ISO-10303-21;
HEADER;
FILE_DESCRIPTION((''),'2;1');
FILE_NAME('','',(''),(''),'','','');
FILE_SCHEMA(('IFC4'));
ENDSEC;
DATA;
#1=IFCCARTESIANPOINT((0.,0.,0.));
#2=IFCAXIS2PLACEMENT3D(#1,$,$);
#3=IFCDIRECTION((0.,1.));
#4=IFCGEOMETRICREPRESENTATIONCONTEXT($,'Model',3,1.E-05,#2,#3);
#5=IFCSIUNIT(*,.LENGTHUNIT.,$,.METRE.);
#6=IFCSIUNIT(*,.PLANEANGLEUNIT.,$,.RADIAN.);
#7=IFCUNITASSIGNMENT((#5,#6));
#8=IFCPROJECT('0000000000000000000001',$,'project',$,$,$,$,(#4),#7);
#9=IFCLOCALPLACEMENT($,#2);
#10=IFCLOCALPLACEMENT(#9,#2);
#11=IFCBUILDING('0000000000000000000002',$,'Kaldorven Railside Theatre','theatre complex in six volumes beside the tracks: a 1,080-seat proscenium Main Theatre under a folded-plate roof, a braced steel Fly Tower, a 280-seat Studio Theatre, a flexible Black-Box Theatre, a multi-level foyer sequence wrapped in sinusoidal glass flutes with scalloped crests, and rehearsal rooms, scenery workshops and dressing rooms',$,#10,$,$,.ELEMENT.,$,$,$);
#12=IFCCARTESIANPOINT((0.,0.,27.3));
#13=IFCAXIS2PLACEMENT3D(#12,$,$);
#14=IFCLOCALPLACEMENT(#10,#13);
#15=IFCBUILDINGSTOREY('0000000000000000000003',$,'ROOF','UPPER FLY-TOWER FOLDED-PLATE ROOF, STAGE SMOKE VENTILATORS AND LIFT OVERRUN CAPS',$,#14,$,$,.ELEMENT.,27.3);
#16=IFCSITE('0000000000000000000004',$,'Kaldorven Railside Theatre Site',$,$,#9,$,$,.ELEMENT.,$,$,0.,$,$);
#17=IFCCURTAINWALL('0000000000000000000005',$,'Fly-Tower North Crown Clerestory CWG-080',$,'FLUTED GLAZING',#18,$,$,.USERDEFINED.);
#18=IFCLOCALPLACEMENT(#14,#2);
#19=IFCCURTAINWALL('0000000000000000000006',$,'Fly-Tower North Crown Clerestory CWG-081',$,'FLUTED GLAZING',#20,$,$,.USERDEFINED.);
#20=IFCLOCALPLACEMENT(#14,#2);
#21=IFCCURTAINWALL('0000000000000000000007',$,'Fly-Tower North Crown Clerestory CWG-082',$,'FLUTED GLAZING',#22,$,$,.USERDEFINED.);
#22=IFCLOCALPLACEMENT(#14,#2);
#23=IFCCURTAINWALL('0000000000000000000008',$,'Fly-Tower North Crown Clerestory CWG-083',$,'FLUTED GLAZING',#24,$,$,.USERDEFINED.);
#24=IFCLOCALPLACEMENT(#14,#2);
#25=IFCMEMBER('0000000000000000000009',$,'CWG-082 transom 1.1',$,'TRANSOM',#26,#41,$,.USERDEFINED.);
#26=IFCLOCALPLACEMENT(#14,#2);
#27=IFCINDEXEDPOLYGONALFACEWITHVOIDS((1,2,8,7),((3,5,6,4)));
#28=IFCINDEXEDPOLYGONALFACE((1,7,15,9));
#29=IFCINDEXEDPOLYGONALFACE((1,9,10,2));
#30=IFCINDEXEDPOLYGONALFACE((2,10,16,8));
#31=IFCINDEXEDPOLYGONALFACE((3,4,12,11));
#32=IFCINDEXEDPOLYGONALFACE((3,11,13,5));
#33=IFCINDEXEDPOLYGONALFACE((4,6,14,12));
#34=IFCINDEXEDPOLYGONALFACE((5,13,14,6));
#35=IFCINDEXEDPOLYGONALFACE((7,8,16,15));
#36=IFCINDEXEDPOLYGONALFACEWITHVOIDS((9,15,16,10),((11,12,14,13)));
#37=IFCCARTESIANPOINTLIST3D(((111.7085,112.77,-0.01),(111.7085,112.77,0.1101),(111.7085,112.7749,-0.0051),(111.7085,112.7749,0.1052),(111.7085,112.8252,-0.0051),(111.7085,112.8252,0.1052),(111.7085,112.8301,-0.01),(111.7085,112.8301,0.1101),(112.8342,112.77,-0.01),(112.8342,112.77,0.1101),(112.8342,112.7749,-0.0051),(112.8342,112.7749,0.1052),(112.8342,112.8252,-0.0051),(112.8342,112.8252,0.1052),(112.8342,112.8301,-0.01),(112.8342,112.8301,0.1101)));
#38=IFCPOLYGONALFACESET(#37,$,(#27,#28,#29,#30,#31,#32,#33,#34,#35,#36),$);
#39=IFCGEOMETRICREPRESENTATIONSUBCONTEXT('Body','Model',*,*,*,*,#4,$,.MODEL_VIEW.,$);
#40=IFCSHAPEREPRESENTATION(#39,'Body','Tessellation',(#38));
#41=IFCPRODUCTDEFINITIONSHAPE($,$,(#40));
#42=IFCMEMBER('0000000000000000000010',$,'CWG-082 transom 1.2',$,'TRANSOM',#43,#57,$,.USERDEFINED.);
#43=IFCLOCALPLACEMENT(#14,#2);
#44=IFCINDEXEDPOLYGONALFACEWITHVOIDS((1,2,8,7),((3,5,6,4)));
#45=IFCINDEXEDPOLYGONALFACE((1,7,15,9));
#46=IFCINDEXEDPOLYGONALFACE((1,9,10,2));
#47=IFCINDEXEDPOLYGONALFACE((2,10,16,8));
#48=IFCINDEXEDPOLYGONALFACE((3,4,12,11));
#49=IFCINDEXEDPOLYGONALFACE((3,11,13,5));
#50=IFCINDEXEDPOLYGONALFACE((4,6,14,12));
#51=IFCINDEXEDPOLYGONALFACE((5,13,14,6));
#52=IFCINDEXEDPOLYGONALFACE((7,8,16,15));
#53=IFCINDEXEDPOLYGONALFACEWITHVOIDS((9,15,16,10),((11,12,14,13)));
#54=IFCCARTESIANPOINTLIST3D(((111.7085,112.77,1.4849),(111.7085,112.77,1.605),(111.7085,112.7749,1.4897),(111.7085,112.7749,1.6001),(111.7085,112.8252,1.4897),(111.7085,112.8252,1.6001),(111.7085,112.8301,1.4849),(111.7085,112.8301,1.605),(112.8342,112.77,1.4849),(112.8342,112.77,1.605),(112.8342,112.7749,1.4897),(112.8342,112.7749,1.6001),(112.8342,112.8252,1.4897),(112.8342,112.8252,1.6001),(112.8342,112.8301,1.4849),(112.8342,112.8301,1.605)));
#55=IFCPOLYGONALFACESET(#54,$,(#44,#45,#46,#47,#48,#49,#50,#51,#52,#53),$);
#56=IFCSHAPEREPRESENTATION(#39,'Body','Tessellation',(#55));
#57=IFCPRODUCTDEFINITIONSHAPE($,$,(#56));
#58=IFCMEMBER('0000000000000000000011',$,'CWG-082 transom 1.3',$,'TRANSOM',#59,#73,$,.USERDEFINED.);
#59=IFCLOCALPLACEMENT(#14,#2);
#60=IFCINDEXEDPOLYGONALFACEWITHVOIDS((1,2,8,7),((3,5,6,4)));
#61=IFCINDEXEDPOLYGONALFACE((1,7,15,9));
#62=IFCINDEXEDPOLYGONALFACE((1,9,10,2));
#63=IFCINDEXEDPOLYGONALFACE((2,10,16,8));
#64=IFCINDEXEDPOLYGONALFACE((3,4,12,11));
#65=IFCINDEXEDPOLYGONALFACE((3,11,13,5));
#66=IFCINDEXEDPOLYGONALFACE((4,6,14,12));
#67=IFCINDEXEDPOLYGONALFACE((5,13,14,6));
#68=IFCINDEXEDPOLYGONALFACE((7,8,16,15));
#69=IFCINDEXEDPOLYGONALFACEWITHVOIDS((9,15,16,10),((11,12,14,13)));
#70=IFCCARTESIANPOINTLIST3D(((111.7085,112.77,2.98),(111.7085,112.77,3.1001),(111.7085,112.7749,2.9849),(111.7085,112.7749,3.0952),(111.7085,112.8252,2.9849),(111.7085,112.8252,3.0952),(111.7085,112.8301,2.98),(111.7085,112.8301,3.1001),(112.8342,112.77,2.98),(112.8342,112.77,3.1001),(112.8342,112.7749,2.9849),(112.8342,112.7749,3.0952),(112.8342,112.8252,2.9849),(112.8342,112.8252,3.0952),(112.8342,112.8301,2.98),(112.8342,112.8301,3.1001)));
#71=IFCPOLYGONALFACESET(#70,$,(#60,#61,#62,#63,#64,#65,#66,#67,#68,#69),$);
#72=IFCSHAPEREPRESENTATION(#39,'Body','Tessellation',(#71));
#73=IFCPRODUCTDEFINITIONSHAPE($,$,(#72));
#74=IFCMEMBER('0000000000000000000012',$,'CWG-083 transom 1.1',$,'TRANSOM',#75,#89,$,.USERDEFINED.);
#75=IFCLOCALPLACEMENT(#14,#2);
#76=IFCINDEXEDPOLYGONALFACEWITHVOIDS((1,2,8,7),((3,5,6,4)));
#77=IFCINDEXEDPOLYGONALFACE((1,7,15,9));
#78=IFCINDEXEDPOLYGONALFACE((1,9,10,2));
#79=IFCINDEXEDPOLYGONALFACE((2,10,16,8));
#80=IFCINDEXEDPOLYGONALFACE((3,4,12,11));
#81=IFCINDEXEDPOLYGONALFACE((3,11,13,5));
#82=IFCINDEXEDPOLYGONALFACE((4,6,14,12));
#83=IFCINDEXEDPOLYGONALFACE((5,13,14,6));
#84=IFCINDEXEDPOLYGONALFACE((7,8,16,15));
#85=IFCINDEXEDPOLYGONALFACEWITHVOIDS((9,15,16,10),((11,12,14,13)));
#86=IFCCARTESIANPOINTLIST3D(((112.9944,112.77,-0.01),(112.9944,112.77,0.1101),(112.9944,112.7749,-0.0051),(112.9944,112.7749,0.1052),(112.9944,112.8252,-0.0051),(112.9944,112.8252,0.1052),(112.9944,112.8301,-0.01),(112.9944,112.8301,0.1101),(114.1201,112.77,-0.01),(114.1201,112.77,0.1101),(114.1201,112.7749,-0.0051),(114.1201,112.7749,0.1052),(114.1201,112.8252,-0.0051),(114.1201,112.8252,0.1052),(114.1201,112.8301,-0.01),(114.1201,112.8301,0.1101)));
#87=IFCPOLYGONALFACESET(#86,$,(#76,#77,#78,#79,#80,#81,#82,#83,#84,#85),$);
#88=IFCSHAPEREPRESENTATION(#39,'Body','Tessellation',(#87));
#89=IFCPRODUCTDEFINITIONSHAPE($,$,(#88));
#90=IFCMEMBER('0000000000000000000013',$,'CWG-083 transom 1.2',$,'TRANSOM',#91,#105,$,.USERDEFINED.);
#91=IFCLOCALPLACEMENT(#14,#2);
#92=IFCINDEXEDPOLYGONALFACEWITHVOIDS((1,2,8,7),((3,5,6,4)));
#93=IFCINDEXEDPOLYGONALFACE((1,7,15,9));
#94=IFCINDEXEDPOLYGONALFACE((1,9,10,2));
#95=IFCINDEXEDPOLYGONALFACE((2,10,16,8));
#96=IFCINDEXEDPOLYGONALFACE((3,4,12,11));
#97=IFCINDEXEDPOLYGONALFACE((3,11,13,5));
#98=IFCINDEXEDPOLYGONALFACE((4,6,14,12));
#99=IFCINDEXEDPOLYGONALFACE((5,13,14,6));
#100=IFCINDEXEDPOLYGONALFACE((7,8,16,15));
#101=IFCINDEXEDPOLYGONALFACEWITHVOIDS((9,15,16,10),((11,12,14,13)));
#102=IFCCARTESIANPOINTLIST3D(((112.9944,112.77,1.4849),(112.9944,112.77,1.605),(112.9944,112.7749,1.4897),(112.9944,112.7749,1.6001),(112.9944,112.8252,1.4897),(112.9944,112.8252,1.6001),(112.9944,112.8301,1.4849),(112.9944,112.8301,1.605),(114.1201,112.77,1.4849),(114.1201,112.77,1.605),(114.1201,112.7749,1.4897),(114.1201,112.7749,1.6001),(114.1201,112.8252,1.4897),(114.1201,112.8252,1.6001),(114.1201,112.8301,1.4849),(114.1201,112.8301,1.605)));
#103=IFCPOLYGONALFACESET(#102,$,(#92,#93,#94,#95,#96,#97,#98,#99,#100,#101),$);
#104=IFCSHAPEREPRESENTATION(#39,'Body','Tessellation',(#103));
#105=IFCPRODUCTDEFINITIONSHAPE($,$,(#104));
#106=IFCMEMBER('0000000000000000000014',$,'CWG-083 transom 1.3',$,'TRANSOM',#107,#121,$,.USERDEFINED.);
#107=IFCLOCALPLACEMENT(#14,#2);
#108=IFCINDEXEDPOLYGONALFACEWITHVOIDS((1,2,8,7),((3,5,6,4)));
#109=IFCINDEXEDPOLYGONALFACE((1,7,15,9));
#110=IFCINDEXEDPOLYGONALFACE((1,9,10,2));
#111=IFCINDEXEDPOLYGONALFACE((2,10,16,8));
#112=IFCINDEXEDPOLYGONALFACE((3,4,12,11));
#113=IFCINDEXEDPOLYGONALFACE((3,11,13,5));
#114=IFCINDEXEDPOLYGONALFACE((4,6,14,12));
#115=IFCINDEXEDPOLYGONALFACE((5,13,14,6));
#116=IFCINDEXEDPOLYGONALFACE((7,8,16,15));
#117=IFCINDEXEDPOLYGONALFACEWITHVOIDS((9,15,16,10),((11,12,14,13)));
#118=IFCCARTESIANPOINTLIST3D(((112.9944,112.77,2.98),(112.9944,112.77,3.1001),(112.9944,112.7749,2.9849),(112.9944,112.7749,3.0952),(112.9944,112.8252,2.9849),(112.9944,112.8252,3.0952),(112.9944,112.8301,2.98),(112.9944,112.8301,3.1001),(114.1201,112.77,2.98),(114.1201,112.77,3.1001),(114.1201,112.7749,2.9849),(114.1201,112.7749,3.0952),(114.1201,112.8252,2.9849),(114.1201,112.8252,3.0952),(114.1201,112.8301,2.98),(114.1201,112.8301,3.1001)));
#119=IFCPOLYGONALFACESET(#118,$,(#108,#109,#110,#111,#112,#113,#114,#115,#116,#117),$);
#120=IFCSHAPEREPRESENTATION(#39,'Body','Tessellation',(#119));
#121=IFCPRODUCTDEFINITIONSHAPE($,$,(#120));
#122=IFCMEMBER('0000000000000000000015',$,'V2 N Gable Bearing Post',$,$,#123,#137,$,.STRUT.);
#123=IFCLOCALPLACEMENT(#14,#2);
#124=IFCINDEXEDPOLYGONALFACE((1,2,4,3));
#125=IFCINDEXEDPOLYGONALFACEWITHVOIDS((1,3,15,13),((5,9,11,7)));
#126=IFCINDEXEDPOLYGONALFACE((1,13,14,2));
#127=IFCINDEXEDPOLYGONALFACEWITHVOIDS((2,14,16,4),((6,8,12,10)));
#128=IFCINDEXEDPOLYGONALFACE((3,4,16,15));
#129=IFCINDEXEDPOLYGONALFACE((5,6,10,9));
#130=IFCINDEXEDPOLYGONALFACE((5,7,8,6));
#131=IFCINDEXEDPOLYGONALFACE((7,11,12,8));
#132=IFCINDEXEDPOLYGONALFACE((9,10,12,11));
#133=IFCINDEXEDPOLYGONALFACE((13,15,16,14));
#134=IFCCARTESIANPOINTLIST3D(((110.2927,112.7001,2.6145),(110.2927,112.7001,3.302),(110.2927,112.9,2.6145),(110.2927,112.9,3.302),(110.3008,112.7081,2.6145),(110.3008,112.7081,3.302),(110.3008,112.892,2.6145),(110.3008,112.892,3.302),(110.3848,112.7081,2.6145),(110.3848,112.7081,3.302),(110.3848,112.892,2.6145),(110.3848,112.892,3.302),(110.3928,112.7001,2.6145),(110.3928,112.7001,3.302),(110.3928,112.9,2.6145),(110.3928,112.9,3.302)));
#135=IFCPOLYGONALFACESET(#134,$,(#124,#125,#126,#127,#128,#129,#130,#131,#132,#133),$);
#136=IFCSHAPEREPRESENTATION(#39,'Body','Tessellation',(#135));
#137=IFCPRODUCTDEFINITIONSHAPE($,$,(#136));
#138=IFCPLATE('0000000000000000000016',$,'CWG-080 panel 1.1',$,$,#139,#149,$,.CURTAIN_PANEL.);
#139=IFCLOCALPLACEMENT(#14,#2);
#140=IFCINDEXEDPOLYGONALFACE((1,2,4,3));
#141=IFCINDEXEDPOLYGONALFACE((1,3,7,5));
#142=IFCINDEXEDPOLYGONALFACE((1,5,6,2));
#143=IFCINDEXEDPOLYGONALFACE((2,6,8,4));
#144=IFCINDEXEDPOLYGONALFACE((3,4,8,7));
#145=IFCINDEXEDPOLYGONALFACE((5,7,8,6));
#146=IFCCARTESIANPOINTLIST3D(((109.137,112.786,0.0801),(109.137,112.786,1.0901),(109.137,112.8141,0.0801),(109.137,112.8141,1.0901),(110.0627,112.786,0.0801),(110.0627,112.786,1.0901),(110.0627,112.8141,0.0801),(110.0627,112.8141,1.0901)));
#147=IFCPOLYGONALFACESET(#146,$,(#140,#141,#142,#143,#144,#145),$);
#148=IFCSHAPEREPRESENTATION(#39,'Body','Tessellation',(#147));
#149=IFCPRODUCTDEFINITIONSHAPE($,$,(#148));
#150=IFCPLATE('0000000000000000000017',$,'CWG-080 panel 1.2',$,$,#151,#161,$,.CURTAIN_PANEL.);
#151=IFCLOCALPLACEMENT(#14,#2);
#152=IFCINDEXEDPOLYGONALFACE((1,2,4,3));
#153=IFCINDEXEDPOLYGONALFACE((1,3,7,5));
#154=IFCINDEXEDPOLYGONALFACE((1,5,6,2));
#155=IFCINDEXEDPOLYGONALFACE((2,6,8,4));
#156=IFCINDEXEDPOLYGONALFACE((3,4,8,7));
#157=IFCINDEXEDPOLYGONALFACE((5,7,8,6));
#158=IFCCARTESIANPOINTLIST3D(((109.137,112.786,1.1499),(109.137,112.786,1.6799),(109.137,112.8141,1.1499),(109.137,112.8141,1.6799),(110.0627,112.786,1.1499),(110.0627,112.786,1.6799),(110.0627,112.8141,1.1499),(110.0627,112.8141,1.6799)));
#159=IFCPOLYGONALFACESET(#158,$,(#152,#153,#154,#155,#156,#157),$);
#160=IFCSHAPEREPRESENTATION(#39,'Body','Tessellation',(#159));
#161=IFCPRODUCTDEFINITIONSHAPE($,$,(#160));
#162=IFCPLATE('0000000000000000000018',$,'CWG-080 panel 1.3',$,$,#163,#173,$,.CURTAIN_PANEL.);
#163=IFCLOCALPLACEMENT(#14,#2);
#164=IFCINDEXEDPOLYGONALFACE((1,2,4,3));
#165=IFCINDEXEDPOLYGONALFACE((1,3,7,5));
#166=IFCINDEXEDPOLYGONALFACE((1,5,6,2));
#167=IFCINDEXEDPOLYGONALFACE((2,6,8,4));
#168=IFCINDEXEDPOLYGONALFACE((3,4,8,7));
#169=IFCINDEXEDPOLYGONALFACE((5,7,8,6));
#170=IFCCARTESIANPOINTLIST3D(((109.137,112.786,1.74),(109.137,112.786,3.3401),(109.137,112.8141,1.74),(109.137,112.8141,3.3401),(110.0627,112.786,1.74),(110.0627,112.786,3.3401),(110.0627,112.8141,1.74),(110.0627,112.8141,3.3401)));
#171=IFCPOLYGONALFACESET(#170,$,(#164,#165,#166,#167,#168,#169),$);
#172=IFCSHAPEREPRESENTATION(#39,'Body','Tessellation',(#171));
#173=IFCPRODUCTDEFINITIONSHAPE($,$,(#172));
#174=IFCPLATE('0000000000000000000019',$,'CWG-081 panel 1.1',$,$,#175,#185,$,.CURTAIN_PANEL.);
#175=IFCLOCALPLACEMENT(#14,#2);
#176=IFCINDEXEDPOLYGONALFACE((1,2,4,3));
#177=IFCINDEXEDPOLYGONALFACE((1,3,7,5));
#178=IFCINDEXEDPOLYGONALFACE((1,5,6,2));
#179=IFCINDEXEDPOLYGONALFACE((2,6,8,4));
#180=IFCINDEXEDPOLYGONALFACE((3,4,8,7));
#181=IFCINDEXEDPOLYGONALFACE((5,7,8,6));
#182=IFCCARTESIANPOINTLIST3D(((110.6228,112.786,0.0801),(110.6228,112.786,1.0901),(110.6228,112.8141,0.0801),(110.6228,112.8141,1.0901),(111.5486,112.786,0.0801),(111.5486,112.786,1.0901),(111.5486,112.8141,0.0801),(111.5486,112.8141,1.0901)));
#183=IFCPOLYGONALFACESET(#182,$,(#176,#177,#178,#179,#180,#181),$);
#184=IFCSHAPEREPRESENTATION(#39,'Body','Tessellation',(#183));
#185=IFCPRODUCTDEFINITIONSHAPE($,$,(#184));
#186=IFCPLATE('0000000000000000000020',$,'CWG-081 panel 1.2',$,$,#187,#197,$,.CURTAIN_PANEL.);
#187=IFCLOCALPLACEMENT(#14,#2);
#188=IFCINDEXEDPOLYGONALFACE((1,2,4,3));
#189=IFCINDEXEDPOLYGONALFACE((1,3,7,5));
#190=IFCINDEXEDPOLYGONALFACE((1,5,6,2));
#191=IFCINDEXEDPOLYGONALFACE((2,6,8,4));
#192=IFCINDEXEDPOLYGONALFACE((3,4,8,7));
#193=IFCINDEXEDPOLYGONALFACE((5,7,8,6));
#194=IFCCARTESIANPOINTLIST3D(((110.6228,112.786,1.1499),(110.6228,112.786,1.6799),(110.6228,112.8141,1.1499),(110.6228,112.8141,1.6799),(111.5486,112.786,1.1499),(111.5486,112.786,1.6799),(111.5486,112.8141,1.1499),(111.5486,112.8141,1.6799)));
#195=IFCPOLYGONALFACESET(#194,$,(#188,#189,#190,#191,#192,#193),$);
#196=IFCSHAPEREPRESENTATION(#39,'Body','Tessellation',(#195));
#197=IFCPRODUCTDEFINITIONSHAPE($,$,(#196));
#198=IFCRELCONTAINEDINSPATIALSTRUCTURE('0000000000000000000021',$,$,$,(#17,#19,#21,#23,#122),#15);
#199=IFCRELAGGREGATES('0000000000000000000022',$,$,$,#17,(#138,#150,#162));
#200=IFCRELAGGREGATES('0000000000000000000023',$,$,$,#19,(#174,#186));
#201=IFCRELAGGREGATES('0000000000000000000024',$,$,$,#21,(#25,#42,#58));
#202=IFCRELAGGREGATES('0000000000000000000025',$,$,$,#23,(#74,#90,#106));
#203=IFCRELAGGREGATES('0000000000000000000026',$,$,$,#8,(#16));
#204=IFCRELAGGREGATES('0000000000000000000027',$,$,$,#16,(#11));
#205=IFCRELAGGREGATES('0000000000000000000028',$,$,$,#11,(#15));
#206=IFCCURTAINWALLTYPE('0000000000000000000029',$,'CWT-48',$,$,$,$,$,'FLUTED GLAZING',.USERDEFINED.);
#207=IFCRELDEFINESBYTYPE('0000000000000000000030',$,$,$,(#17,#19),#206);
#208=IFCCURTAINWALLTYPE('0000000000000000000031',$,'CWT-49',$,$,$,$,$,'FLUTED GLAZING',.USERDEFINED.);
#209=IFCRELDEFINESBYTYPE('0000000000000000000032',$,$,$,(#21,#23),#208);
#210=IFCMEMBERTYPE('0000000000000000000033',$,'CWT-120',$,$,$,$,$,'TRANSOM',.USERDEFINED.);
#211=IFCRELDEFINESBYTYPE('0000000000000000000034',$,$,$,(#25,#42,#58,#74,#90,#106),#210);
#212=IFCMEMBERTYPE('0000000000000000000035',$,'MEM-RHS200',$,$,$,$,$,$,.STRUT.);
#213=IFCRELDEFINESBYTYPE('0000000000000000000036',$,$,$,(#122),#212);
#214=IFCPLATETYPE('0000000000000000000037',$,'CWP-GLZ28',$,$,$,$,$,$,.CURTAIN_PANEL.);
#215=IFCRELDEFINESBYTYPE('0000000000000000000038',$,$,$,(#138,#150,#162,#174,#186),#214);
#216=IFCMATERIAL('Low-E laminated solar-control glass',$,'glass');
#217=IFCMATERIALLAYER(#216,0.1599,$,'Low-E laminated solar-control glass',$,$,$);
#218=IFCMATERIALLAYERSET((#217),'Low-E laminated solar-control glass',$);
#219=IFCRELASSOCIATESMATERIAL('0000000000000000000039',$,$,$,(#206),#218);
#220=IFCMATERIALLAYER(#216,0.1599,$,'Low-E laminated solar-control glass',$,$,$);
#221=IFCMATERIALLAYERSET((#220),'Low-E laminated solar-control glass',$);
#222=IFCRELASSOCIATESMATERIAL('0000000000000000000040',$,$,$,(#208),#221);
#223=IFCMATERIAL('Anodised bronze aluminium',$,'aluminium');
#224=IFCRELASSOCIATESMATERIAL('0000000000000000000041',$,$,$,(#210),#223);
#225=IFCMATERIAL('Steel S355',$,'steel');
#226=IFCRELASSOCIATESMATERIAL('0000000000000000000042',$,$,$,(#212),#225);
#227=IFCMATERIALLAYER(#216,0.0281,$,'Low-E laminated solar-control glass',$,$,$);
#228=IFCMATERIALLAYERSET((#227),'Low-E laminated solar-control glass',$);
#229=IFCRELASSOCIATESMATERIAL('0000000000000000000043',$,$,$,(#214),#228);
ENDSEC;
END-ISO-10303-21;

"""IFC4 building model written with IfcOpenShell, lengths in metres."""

from ifc_helpers import new_model, si_unit, direction, frame, origin, origin_2d, place, context, subcontext, project, spatial, rectangle, hollow_rectangle, extrude, material, layer, layer_set, material_profile, profile_set, type_object, element, aggregate, save


model = new_model("IFC4")

# Units and contexts
model_context = context("Model", 3, precision=1e-05, world=origin(), true_north=direction((0.0, 1.0)))
body_context = subcontext(model_context, "Body", "Model", "MODEL_VIEW")
ifc_project = project(units=[si_unit("LENGTHUNIT", "METRE"), si_unit("PLANEANGLEUNIT", "RADIAN")], contexts=[model_context])

# Site, building, storey
site_placement = place(None, origin())
site = spatial("IfcSite", under=ifc_project, at=site_placement, Name="Kaldorven Railside Theatre Site", CompositionType="ELEMENT", RefElevation=0.0)
building_placement = place(site_placement, origin())
building = spatial("IfcBuilding", under=site, at=building_placement, Name="Kaldorven Railside Theatre", Description="theatre complex in six volumes beside the tracks: a 1,080-seat proscenium Main Theatre under a folded-plate roof, a braced steel Fly Tower, a 280-seat Studio Theatre, a flexible Black-Box Theatre, a multi-level foyer sequence wrapped in sinusoidal glass flutes with scalloped crests, and rehearsal rooms, scenery workshops and dressing rooms", CompositionType="ELEMENT")
storey_placement = place(building_placement, frame((0.0, 0.0, 27.3)))
storey = spatial("IfcBuildingStorey", under=building, at=storey_placement, Name="ROOF", Description="UPPER FLY-TOWER FOLDED-PLATE ROOF, STAGE SMOKE VENTILATORS AND LIFT OVERRUN CAPS", CompositionType="ELEMENT", Elevation=27.3)

# Curtain wall
ifc_material_1 = material(Name="Low-E laminated solar-control glass", Category="glass")
ifc_layer_1 = layer(ifc_material_1, 0.1599, Name="Low-E laminated solar-control glass")
ifc_layer_set_1 = layer_set([ifc_layer_1], Name="Low-E laminated solar-control glass")
curtain_wall_type_1 = type_object("IfcCurtainWallType", Name="CWT-48", ElementType="FLUTED GLAZING", PredefinedType="USERDEFINED", material=ifc_layer_set_1)
curtain_wall_1_placement = place(storey_placement, origin())
curtain_wall_1 = element("IfcCurtainWall", 1, at=curtain_wall_1_placement, inside=storey, type_object=curtain_wall_type_1, Name="Fly-Tower North Crown Clerestory CWG-080", ObjectType="FLUTED GLAZING", PredefinedType="USERDEFINED")
ifc_material_2 = material(Name="Anodised bronze aluminium", Category="aluminium")

# Curtain walls
curtain_wall_2_placement = place(storey_placement, origin())
curtain_wall_2 = element("IfcCurtainWall", 2, at=curtain_wall_2_placement, inside=storey, type_object=curtain_wall_type_1, Name="Fly-Tower North Crown Clerestory CWG-081", ObjectType="FLUTED GLAZING", PredefinedType="USERDEFINED")
ifc_layer_2 = layer(ifc_material_1, 0.1599, Name="Low-E laminated solar-control glass")
ifc_layer_set_2 = layer_set([ifc_layer_2], Name="Low-E laminated solar-control glass")
curtain_wall_type_2 = type_object("IfcCurtainWallType", Name="CWT-49", ElementType="FLUTED GLAZING", PredefinedType="USERDEFINED", material=ifc_layer_set_2)
curtain_wall_3_placement = place(storey_placement, origin())
curtain_wall_3 = element("IfcCurtainWall", 3, at=curtain_wall_3_placement, inside=storey, type_object=curtain_wall_type_2, Name="Fly-Tower North Crown Clerestory CWG-082", ObjectType="FLUTED GLAZING", PredefinedType="USERDEFINED")

# Curtain wall
curtain_wall_4_placement = place(storey_placement, origin())
curtain_wall_4 = element("IfcCurtainWall", 4, at=curtain_wall_4_placement, inside=storey, type_object=curtain_wall_type_2, Name="Fly-Tower North Crown Clerestory CWG-083", ObjectType="FLUTED GLAZING", PredefinedType="USERDEFINED")

# Members
ifc_material_profile_1 = material_profile(ifc_material_2, hollow_rectangle(XDim=0.0601, YDim=0.1201, WallThickness=0.0049, at=origin_2d()), Name="RHS 120x60x5")
ifc_profile_set_1 = profile_set([ifc_material_profile_1], Name="Anodised bronze aluminium")
member_type_1 = type_object("IfcMemberType", Name="CWT-120", ElementType="TRANSOM", PredefinedType="USERDEFINED", material=ifc_profile_set_1)
member_1_placement = place(storey_placement, frame((111.7085, 112.8, 0.05), z_axis=(1.0, 0.0, 0.0), x_axis=(0.0, 1.0, 0.0)))
member_1 = element("IfcMember", 5, at=member_1_placement, type_object=member_type_1, Name="CWG-082 transom 1.1", ObjectType="TRANSOM", PredefinedType="USERDEFINED", context=body_context, shape_type="SweptSolid", body=[
    extrude(hollow_rectangle(XDim=0.0601, YDim=0.1201, WallThickness=0.0049, at=origin_2d()), origin(), (0.0, 0.0, 1.0), 1.1257),
])
member_2_placement = place(storey_placement, frame((111.7085, 112.8, 1.5449), z_axis=(1.0, 0.0, 0.0), x_axis=(0.0, 1.0, 0.0)))
member_2 = element("IfcMember", 6, at=member_2_placement, type_object=member_type_1, Name="CWG-082 transom 1.2", ObjectType="TRANSOM", PredefinedType="USERDEFINED", context=body_context, shape_type="SweptSolid", body=[
    extrude(hollow_rectangle(XDim=0.0601, YDim=0.1201, WallThickness=0.0049, at=origin_2d()), origin(), (0.0, 0.0, 1.0), 1.1257),
])
member_3_placement = place(storey_placement, frame((111.7085, 112.8, 3.04), z_axis=(1.0, 0.0, 0.0), x_axis=(0.0, 1.0, 0.0)))
member_3 = element("IfcMember", 7, at=member_3_placement, type_object=member_type_1, Name="CWG-082 transom 1.3", ObjectType="TRANSOM", PredefinedType="USERDEFINED", context=body_context, shape_type="SweptSolid", body=[
    extrude(hollow_rectangle(XDim=0.0601, YDim=0.1201, WallThickness=0.0049, at=origin_2d()), origin(), (0.0, 0.0, 1.0), 1.1257),
])
member_4_placement = place(storey_placement, frame((112.9944, 112.8, 0.05), z_axis=(1.0, 0.0, 0.0), x_axis=(0.0, 1.0, 0.0)))
member_4 = element("IfcMember", 8, at=member_4_placement, type_object=member_type_1, Name="CWG-083 transom 1.1", ObjectType="TRANSOM", PredefinedType="USERDEFINED", context=body_context, shape_type="SweptSolid", body=[
    extrude(hollow_rectangle(XDim=0.0601, YDim=0.1201, WallThickness=0.0049, at=origin_2d()), origin(), (0.0, 0.0, 1.0), 1.1257),
])
member_5_placement = place(storey_placement, frame((112.9944, 112.8, 1.5449), z_axis=(1.0, 0.0, 0.0), x_axis=(0.0, 1.0, 0.0)))
member_5 = element("IfcMember", 9, at=member_5_placement, type_object=member_type_1, Name="CWG-083 transom 1.2", ObjectType="TRANSOM", PredefinedType="USERDEFINED", context=body_context, shape_type="SweptSolid", body=[
    extrude(hollow_rectangle(XDim=0.0601, YDim=0.1201, WallThickness=0.0049, at=origin_2d()), origin(), (0.0, 0.0, 1.0), 1.1257),
])
member_6_placement = place(storey_placement, frame((112.9944, 112.8, 3.04), z_axis=(1.0, 0.0, 0.0), x_axis=(0.0, 1.0, 0.0)))
member_6 = element("IfcMember", 10, at=member_6_placement, type_object=member_type_1, Name="CWG-083 transom 1.3", ObjectType="TRANSOM", PredefinedType="USERDEFINED", context=body_context, shape_type="SweptSolid", body=[
    extrude(hollow_rectangle(XDim=0.0601, YDim=0.1201, WallThickness=0.0049, at=origin_2d()), origin(), (0.0, 0.0, 1.0), 1.1257),
])
ifc_material_3 = material(Name="Steel S355", Category="steel")
ifc_material_profile_2 = material_profile(ifc_material_3, hollow_rectangle(XDim=0.1001, YDim=0.2, WallThickness=0.0081, at=origin_2d()), Name="RHS 200x100x8")
ifc_profile_set_2 = profile_set([ifc_material_profile_2], Name="Steel S355")
member_type_2 = type_object("IfcMemberType", Name="MEM-RHS200", PredefinedType="STRUT", material=ifc_profile_set_2)
member_7_placement = place(storey_placement, frame((110.3428, 112.8, 2.6145), z_axis=(0.0, 0.0, 1.0), x_axis=(1.0, 0.0, 0.0)))
element("IfcMember", 11, at=member_7_placement, inside=storey, type_object=member_type_2, Name="V2 N Gable Bearing Post", PredefinedType="STRUT", context=body_context, shape_type="SweptSolid", body=[
    extrude(hollow_rectangle(XDim=0.1001, YDim=0.2, WallThickness=0.0081, at=origin_2d()), origin(), (0.0, 0.0, 1.0), 0.6875),
])

# Plates
ifc_layer_3 = layer(ifc_material_1, 0.0281, Name="Low-E laminated solar-control glass")
ifc_layer_set_3 = layer_set([ifc_layer_3], Name="Low-E laminated solar-control glass")
plate_type_1 = type_object("IfcPlateType", Name="CWP-GLZ28", PredefinedType="CURTAIN_PANEL", material=ifc_layer_set_3)
plate_1_placement = place(storey_placement, frame((109.5999, 112.8, 0.0801), z_axis=(0.0, 0.0, 1.0), x_axis=(1.0, 0.0, 0.0)))
plate_1 = element("IfcPlate", 12, at=plate_1_placement, type_object=plate_type_1, Name="CWG-080 panel 1.1", PredefinedType="CURTAIN_PANEL", context=body_context, shape_type="SweptSolid", body=[
    extrude(rectangle(XDim=0.9258, YDim=0.0281, at=origin_2d()), origin(), (0.0, 0.0, 1.0), 1.01),
])
plate_2_placement = place(storey_placement, frame((109.5999, 112.8, 1.1499), z_axis=(0.0, 0.0, 1.0), x_axis=(1.0, 0.0, 0.0)))
plate_2 = element("IfcPlate", 13, at=plate_2_placement, type_object=plate_type_1, Name="CWG-080 panel 1.2", PredefinedType="CURTAIN_PANEL", context=body_context, shape_type="SweptSolid", body=[
    extrude(rectangle(XDim=0.9258, YDim=0.0281, at=origin_2d()), origin(), (0.0, 0.0, 1.0), 0.53),
])
plate_3_placement = place(storey_placement, frame((109.5999, 112.8, 1.74), z_axis=(0.0, 0.0, 1.0), x_axis=(1.0, 0.0, 0.0)))
plate_3 = element("IfcPlate", 14, at=plate_3_placement, type_object=plate_type_1, Name="CWG-080 panel 1.3", PredefinedType="CURTAIN_PANEL", context=body_context, shape_type="SweptSolid", body=[
    extrude(rectangle(XDim=0.9258, YDim=0.0281, at=origin_2d()), origin(), (0.0, 0.0, 1.0), 1.6001),
])
aggregate(curtain_wall_1, [plate_1, plate_2, plate_3])
plate_4_placement = place(storey_placement, frame((111.0857, 112.8, 0.0801), z_axis=(0.0, 0.0, 1.0), x_axis=(1.0, 0.0, 0.0)))
plate_4 = element("IfcPlate", 15, at=plate_4_placement, type_object=plate_type_1, Name="CWG-081 panel 1.1", PredefinedType="CURTAIN_PANEL", context=body_context, shape_type="SweptSolid", body=[
    extrude(rectangle(XDim=0.9258, YDim=0.0281, at=origin_2d()), origin(), (0.0, 0.0, 1.0), 1.01),
])
plate_5_placement = place(storey_placement, frame((111.0857, 112.8, 1.1499), z_axis=(0.0, 0.0, 1.0), x_axis=(1.0, 0.0, 0.0)))
plate_5 = element("IfcPlate", 16, at=plate_5_placement, type_object=plate_type_1, Name="CWG-081 panel 1.2", PredefinedType="CURTAIN_PANEL", context=body_context, shape_type="SweptSolid", body=[
    extrude(rectangle(XDim=0.9258, YDim=0.0281, at=origin_2d()), origin(), (0.0, 0.0, 1.0), 0.53),
])
aggregate(curtain_wall_2, [plate_4, plate_5])
aggregate(curtain_wall_3, [member_1, member_2, member_3])
aggregate(curtain_wall_4, [member_4, member_5, member_6])

save(model, "model.ifc")
